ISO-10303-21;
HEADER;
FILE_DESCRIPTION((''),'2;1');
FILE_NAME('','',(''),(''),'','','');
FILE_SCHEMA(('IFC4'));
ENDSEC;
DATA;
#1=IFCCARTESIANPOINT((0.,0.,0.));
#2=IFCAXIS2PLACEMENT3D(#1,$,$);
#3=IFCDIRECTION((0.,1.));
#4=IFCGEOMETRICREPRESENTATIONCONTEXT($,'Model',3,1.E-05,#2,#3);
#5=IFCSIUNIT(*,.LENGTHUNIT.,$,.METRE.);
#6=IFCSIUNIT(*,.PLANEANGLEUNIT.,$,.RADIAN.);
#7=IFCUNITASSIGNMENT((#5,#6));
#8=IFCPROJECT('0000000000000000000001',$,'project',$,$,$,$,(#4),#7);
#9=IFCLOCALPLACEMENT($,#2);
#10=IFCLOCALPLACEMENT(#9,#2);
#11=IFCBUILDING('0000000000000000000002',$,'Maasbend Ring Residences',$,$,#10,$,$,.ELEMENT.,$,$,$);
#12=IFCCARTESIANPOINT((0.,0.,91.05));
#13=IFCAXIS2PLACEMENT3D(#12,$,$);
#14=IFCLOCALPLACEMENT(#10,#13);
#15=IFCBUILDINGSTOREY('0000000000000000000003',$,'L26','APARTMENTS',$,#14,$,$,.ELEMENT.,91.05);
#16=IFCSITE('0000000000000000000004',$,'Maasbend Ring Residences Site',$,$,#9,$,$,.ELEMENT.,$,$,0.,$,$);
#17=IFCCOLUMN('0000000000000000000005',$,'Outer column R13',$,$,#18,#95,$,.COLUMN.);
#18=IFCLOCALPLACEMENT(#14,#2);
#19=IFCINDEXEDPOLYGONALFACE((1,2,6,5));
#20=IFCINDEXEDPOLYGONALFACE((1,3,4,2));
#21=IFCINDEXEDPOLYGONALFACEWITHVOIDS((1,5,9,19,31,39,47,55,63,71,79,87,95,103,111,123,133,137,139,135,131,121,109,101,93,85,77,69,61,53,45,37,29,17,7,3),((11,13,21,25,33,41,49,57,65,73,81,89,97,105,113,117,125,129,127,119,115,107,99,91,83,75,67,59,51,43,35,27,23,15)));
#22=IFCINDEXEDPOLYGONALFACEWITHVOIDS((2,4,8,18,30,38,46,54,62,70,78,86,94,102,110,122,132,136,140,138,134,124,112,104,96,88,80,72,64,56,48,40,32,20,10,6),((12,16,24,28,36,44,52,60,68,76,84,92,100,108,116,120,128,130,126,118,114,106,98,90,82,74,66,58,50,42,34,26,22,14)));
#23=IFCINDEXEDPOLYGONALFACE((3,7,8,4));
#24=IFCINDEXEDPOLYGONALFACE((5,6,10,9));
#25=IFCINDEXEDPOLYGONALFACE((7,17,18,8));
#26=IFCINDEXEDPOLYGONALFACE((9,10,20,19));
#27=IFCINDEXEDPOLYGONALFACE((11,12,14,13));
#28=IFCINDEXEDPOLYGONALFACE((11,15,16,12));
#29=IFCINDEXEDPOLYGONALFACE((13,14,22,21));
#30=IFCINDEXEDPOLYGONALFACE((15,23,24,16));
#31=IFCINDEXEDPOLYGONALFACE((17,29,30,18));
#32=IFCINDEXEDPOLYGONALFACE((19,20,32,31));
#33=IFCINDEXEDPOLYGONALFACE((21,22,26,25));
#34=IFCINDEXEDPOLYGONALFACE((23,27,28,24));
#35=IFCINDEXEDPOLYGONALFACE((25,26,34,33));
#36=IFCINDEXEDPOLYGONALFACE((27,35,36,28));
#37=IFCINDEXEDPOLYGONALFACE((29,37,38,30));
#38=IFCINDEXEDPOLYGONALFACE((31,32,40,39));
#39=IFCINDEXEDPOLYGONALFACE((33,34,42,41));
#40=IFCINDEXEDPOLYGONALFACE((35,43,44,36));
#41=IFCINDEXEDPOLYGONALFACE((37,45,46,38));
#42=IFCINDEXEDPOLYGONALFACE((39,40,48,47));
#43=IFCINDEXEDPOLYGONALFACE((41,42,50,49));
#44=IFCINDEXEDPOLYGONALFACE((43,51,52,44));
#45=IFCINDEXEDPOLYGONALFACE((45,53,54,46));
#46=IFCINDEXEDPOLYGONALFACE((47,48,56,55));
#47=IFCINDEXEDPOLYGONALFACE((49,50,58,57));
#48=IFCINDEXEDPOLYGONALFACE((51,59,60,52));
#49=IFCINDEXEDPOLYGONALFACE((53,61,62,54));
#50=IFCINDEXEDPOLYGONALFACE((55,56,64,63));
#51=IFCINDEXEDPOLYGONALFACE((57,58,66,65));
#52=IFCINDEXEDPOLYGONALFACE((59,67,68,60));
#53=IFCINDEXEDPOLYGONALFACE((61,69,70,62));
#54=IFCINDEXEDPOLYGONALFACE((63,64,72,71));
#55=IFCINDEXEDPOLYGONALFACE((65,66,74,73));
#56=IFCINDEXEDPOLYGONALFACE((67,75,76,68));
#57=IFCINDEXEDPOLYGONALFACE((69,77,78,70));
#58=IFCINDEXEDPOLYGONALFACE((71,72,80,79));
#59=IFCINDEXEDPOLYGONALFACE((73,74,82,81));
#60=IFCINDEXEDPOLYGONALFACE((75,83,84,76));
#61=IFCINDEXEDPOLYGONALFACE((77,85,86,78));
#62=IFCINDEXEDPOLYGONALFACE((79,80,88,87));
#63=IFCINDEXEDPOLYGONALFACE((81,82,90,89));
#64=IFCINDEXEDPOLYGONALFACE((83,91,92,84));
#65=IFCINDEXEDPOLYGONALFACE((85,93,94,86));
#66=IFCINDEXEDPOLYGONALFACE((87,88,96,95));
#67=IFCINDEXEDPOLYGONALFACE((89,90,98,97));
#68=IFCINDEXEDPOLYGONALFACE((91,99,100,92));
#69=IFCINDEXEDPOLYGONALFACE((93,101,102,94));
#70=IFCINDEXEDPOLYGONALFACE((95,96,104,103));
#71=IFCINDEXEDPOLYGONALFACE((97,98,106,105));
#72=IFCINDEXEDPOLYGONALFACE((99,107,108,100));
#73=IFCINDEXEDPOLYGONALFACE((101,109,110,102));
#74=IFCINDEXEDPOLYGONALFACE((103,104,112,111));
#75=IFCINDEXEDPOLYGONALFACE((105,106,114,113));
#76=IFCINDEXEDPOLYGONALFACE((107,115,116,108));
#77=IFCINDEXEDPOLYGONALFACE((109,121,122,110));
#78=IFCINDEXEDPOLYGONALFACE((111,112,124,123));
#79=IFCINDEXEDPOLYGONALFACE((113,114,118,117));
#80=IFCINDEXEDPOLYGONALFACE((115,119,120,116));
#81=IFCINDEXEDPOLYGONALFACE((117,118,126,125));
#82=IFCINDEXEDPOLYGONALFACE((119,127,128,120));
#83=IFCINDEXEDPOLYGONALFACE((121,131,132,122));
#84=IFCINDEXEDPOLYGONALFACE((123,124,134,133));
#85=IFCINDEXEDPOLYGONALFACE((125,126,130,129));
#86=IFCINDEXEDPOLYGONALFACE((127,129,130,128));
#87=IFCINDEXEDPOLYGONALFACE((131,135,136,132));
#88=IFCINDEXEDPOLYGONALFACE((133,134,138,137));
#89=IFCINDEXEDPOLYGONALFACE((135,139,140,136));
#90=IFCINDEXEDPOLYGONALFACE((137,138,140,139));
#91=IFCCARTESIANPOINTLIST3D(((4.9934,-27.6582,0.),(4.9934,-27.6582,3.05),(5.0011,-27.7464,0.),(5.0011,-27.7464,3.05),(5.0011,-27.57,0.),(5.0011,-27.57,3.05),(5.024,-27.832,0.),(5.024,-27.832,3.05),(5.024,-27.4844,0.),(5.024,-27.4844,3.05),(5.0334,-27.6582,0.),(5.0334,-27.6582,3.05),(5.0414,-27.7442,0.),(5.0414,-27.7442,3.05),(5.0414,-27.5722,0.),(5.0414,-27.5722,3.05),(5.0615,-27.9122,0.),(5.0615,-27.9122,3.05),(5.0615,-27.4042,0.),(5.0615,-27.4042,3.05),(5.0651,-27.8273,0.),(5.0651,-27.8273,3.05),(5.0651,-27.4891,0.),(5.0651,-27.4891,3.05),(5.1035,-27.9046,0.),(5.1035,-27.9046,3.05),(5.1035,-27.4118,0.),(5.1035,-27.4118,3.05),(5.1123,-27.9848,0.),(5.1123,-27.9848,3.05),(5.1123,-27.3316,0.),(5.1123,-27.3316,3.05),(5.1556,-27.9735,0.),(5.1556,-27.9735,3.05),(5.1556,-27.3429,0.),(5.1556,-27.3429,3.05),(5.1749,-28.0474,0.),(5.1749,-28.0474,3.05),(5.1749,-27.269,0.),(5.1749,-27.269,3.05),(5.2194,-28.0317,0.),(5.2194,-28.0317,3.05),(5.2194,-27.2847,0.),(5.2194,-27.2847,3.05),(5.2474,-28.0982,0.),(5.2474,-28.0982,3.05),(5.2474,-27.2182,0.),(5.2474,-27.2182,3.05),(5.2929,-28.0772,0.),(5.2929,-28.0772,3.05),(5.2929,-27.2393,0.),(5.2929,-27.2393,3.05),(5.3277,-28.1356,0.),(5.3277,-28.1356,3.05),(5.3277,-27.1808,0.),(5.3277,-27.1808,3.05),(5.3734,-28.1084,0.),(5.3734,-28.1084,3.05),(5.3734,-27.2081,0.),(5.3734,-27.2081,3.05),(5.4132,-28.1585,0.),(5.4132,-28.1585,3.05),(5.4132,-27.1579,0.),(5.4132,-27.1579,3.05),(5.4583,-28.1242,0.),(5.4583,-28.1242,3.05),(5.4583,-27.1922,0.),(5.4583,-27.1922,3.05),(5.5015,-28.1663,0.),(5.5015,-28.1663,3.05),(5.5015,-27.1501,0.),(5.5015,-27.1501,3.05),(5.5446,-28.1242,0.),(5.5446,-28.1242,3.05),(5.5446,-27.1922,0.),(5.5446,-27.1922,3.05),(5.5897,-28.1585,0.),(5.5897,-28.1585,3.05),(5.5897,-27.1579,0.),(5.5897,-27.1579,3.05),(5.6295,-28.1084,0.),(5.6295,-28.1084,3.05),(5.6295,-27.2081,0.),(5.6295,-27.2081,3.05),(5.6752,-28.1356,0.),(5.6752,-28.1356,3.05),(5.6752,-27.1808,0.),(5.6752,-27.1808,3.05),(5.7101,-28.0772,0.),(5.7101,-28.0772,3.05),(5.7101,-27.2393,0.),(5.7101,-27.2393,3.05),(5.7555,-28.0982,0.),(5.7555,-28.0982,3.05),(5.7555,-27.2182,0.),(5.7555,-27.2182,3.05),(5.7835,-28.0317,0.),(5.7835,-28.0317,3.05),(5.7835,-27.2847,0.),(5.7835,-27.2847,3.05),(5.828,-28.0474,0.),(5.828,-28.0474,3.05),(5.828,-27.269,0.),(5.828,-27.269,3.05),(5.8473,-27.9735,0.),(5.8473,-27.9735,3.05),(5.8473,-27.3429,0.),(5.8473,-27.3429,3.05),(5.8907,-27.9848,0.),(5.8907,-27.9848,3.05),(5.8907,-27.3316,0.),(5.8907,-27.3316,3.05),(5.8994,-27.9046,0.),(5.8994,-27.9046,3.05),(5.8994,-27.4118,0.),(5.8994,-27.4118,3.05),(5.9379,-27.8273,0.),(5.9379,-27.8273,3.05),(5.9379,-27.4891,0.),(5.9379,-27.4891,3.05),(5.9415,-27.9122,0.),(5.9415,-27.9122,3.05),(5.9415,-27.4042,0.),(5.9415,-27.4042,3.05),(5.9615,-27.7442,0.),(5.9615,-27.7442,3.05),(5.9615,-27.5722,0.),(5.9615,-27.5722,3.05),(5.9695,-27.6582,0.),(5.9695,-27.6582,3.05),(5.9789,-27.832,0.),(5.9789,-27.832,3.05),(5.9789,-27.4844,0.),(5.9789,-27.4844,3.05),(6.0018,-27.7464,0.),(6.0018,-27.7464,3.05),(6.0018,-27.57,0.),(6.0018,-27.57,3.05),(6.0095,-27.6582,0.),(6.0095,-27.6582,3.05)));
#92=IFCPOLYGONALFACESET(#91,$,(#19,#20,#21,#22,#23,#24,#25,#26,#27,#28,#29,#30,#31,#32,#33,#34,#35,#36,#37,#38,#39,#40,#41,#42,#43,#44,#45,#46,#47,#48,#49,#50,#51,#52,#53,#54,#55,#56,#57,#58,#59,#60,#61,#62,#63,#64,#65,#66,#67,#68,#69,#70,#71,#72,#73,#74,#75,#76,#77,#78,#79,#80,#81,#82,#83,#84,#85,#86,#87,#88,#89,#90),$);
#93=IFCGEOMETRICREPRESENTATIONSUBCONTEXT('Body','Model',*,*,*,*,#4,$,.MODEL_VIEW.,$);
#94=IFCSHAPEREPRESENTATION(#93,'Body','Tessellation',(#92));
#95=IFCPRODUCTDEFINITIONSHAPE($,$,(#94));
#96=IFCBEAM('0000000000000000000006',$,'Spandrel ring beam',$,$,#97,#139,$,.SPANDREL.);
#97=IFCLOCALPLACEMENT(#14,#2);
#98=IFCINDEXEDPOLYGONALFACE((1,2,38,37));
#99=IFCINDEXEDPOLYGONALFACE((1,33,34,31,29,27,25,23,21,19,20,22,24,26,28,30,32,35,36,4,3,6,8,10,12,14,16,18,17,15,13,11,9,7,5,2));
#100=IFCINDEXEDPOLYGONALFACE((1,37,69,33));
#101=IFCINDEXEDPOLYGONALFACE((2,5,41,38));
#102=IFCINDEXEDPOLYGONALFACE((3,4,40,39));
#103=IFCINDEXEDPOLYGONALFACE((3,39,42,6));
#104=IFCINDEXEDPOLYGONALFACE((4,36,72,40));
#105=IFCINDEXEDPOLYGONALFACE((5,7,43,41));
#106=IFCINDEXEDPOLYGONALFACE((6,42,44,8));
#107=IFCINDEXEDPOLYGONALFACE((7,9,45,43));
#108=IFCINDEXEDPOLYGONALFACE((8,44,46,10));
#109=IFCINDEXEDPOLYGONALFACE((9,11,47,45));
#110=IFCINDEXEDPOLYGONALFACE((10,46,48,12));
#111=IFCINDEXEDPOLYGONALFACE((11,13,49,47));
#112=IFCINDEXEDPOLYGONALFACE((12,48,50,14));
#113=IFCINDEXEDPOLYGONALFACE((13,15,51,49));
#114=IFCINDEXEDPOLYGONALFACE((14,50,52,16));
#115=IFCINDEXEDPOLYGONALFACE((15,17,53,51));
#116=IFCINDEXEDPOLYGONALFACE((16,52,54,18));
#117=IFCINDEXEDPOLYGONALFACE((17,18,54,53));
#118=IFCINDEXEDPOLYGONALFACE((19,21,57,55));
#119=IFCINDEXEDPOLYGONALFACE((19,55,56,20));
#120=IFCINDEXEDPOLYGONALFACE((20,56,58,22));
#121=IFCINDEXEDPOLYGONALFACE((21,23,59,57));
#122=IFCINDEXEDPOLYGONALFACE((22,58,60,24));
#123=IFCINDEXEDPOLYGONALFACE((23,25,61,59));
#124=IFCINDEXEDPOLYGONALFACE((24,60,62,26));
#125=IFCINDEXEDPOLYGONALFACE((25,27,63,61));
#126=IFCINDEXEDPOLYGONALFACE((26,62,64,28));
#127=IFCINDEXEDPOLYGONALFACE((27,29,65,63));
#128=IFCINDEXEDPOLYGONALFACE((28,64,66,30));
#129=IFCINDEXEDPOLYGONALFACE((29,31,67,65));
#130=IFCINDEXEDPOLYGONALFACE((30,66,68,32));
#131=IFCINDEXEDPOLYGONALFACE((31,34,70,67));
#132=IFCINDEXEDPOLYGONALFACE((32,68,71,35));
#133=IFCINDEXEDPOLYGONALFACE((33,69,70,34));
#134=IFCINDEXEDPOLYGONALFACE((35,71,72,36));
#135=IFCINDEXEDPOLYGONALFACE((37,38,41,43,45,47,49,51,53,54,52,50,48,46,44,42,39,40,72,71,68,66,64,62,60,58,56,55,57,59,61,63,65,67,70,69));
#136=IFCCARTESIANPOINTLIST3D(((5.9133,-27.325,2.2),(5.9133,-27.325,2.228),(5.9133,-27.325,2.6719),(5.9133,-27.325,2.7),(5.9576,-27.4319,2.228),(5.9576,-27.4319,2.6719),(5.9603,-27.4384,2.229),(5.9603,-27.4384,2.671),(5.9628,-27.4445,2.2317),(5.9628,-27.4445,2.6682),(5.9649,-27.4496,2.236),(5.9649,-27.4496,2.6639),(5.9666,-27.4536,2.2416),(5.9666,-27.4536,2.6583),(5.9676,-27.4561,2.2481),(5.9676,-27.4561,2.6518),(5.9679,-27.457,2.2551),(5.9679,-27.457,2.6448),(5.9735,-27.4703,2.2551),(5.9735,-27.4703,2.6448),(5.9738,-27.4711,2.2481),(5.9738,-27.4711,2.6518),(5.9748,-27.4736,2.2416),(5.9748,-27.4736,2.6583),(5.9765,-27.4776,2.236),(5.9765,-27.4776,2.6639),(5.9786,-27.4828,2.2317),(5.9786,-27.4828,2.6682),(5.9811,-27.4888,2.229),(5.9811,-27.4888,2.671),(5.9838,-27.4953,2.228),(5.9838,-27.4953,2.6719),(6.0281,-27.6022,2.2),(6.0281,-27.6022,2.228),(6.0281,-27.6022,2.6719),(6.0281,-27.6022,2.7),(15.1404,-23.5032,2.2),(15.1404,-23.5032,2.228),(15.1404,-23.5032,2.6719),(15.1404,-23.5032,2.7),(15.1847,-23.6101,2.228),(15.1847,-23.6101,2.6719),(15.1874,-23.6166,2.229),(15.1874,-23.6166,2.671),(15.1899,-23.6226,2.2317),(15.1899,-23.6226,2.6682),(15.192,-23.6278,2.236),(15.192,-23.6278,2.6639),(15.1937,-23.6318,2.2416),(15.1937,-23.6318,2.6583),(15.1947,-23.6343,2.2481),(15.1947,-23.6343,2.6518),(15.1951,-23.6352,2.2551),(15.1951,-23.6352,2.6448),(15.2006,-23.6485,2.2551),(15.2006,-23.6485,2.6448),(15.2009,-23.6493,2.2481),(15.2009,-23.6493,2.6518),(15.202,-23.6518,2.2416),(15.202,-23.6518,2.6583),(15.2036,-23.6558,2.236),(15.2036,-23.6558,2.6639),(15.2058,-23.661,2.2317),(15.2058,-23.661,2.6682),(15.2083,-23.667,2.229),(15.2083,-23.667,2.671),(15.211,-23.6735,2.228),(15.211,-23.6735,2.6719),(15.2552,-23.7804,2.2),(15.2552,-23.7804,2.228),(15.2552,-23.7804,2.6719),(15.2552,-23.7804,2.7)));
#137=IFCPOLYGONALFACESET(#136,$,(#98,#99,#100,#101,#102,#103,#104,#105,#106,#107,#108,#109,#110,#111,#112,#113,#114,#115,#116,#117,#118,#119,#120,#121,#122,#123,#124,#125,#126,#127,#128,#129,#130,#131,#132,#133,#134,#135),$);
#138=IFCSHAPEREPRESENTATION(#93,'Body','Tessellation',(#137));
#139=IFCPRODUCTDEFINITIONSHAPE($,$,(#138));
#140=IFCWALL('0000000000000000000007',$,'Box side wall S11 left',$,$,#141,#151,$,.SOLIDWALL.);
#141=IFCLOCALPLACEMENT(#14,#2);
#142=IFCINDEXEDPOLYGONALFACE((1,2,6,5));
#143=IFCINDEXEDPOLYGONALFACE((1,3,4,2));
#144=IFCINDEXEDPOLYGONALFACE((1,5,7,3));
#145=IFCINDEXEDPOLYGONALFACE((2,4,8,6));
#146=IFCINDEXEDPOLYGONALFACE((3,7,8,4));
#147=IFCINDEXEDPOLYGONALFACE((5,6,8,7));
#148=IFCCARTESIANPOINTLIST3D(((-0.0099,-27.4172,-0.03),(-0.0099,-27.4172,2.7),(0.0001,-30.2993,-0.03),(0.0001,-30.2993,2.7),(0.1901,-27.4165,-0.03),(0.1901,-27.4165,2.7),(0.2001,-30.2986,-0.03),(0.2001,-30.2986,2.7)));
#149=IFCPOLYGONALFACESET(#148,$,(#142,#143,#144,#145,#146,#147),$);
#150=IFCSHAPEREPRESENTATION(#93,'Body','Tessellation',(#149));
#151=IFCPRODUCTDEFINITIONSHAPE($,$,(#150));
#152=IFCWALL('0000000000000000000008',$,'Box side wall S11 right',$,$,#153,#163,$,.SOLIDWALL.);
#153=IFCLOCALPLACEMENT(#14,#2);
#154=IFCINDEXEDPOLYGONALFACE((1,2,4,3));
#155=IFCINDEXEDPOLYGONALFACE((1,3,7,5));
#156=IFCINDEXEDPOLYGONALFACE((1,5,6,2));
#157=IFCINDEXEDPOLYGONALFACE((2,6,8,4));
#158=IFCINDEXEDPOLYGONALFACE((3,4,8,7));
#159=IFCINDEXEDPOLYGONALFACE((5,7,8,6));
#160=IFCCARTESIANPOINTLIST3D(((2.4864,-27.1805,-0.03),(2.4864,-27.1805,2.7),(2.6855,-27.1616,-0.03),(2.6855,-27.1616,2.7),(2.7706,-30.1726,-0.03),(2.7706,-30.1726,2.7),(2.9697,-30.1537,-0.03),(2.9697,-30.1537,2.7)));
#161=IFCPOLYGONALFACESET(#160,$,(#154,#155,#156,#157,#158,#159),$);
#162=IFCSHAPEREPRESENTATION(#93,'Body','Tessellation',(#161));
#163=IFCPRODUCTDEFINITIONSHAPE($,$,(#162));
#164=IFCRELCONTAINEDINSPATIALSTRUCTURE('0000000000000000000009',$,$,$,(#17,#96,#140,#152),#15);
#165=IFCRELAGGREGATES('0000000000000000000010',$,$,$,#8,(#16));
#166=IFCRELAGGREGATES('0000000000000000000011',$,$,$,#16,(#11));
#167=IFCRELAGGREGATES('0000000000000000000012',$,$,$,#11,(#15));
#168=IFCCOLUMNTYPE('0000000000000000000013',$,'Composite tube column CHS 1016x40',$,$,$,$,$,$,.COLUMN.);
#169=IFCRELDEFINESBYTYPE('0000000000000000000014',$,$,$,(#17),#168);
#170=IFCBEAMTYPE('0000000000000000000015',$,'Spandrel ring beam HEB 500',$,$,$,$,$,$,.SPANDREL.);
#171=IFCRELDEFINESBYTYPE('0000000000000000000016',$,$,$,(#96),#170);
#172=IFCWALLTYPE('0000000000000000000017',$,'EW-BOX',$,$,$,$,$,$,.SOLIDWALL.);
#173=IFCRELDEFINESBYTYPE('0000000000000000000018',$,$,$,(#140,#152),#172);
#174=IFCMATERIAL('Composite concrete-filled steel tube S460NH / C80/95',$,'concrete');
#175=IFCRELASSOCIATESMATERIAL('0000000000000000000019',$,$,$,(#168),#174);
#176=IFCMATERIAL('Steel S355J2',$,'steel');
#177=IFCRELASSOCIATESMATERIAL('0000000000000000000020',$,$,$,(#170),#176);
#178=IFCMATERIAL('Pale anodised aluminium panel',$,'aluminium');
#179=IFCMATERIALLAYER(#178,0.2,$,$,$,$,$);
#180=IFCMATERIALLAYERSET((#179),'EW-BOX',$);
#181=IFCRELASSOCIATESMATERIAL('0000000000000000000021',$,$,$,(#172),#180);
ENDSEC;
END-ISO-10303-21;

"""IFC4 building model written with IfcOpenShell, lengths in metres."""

from ifc_helpers import new_model, si_unit, direction, frame, frame_2d, origin, origin_2d, place, context, subcontext, project, spatial, rectangle, hollow_circle, i_section, extrude, material, layer, layer_set, material_profile, profile_set, type_object, element, save


model = new_model("IFC4")

# Units and contexts
model_context = context("Model", 3, precision=1e-05, world=origin(), true_north=direction((0.0, 1.0)))
body_context = subcontext(model_context, "Body", "Model", "MODEL_VIEW")
ifc_project = project(units=[si_unit("LENGTHUNIT", "METRE"), si_unit("PLANEANGLEUNIT", "RADIAN")], contexts=[model_context])

# Site, building, storey
site_placement = place(None, origin())
site = spatial("IfcSite", under=ifc_project, at=site_placement, Name="Maasbend Ring Residences Site", CompositionType="ELEMENT", RefElevation=0.0)
building_placement = place(site_placement, origin())
building = spatial("IfcBuilding", under=site, at=building_placement, Name="Maasbend Ring Residences", CompositionType="ELEMENT")
storey_placement = place(building_placement, frame((0.0, 0.0, 91.05)))
storey = spatial("IfcBuildingStorey", under=building, at=storey_placement, Name="L26", Description="APARTMENTS", CompositionType="ELEMENT", Elevation=91.05)

# Column
ifc_material_1 = material(Name="Composite concrete-filled steel tube S460NH / C80/95", Category="concrete")
ifc_material_profile_1 = material_profile(ifc_material_1, hollow_circle(Radius=0.5081, WallThickness=0.04, at=origin_2d()), Name="Composite tube column CHS 1016x40")
ifc_profile_set_1 = profile_set([ifc_material_profile_1], Name="Composite concrete-filled steel tube S460NH / C80/95")
column_type = type_object("IfcColumnType", Name="Composite tube column CHS 1016x40", PredefinedType="COLUMN", material=ifc_profile_set_1)
column_placement = place(storey_placement, frame((5.5015, -27.6582, 0.0), z_axis=(0.0, 0.0, 1.0), x_axis=(1.0, 0.0, 0.0)))
element("IfcColumn", 1, at=column_placement, inside=storey, type_object=column_type, Name="Outer column R13", PredefinedType="COLUMN", context=body_context, shape_type="SweptSolid", body=[
    extrude(hollow_circle(Radius=0.5081, WallThickness=0.04, at=origin_2d()), origin(), (0.0, 0.0, 1.0), 3.05),
])

# Beam
ifc_material_2 = material(Name="Steel S355J2", Category="steel")
ifc_material_profile_2 = material_profile(ifc_material_2, i_section(OverallWidth=0.3, OverallDepth=0.5, WebThickness=0.0144, FlangeThickness=0.0281, FilletRadius=0.0271, at=origin_2d()), Name="HEB 500")
ifc_profile_set_2 = profile_set([ifc_material_profile_2], Name="Steel S355J2")
beam_type = type_object("IfcBeamType", Name="Spandrel ring beam HEB 500", PredefinedType="SPANDREL", material=ifc_profile_set_2)
beam_placement = place(storey_placement, frame((5.9707, -27.4636, 2.45), z_axis=(0.923886, 0.382667, 0.0), x_axis=(-0.382667, 0.923886, 0.0)))
element("IfcBeam", 2, at=beam_placement, inside=storey, type_object=beam_type, Name="Spandrel ring beam", PredefinedType="SPANDREL", context=body_context, shape_type="SweptSolid", body=[
    extrude(i_section(OverallWidth=0.3, OverallDepth=0.5, WebThickness=0.0144, FlangeThickness=0.0281, FilletRadius=0.0271, at=origin_2d()), origin(), (0.0, 0.0, 1.0), 9.9873),
])

# Walls
ifc_material_3 = material(Name="Pale anodised aluminium panel", Category="aluminium")
ifc_layer_1 = layer(ifc_material_3, 0.2)
ifc_layer_set_1 = layer_set([ifc_layer_1], Name="EW-BOX")
wall_type_1 = type_object("IfcWallType", Name="EW-BOX", PredefinedType="SOLIDWALL", material=ifc_layer_set_1)
wall_1_placement = place(storey_placement, frame((0.0901, -27.417, -0.03), z_axis=(0.0, 0.0, 1.0), x_axis=(0.003473, -0.999994, 0.0)))
element("IfcWall", 3, at=wall_1_placement, inside=storey, type_object=wall_type_1, Name="Box side wall S11 left", PredefinedType="SOLIDWALL", context=body_context, shape_type="SweptSolid", body=[
    extrude(rectangle(XDim=2.8821, YDim=0.2, at=frame_2d((1.4409, 0.0))), origin(), (0.0, 0.0, 1.0), 2.73),
])
wall_2_placement = place(storey_placement, frame((2.5859, -27.1709, -0.03), z_axis=(0.0, 0.0, 1.0), x_axis=(0.094548, -0.99552, 0.0)))
element("IfcWall", 4, at=wall_2_placement, inside=storey, type_object=wall_type_1, Name="Box side wall S11 right", PredefinedType="SOLIDWALL", context=body_context, shape_type="SweptSolid", body=[
    extrude(rectangle(XDim=3.0056, YDim=0.2, at=frame_2d((1.5029, 0.0))), origin(), (0.0, 0.0, 1.0), 2.73),
])

save(model, "model.ifc")
